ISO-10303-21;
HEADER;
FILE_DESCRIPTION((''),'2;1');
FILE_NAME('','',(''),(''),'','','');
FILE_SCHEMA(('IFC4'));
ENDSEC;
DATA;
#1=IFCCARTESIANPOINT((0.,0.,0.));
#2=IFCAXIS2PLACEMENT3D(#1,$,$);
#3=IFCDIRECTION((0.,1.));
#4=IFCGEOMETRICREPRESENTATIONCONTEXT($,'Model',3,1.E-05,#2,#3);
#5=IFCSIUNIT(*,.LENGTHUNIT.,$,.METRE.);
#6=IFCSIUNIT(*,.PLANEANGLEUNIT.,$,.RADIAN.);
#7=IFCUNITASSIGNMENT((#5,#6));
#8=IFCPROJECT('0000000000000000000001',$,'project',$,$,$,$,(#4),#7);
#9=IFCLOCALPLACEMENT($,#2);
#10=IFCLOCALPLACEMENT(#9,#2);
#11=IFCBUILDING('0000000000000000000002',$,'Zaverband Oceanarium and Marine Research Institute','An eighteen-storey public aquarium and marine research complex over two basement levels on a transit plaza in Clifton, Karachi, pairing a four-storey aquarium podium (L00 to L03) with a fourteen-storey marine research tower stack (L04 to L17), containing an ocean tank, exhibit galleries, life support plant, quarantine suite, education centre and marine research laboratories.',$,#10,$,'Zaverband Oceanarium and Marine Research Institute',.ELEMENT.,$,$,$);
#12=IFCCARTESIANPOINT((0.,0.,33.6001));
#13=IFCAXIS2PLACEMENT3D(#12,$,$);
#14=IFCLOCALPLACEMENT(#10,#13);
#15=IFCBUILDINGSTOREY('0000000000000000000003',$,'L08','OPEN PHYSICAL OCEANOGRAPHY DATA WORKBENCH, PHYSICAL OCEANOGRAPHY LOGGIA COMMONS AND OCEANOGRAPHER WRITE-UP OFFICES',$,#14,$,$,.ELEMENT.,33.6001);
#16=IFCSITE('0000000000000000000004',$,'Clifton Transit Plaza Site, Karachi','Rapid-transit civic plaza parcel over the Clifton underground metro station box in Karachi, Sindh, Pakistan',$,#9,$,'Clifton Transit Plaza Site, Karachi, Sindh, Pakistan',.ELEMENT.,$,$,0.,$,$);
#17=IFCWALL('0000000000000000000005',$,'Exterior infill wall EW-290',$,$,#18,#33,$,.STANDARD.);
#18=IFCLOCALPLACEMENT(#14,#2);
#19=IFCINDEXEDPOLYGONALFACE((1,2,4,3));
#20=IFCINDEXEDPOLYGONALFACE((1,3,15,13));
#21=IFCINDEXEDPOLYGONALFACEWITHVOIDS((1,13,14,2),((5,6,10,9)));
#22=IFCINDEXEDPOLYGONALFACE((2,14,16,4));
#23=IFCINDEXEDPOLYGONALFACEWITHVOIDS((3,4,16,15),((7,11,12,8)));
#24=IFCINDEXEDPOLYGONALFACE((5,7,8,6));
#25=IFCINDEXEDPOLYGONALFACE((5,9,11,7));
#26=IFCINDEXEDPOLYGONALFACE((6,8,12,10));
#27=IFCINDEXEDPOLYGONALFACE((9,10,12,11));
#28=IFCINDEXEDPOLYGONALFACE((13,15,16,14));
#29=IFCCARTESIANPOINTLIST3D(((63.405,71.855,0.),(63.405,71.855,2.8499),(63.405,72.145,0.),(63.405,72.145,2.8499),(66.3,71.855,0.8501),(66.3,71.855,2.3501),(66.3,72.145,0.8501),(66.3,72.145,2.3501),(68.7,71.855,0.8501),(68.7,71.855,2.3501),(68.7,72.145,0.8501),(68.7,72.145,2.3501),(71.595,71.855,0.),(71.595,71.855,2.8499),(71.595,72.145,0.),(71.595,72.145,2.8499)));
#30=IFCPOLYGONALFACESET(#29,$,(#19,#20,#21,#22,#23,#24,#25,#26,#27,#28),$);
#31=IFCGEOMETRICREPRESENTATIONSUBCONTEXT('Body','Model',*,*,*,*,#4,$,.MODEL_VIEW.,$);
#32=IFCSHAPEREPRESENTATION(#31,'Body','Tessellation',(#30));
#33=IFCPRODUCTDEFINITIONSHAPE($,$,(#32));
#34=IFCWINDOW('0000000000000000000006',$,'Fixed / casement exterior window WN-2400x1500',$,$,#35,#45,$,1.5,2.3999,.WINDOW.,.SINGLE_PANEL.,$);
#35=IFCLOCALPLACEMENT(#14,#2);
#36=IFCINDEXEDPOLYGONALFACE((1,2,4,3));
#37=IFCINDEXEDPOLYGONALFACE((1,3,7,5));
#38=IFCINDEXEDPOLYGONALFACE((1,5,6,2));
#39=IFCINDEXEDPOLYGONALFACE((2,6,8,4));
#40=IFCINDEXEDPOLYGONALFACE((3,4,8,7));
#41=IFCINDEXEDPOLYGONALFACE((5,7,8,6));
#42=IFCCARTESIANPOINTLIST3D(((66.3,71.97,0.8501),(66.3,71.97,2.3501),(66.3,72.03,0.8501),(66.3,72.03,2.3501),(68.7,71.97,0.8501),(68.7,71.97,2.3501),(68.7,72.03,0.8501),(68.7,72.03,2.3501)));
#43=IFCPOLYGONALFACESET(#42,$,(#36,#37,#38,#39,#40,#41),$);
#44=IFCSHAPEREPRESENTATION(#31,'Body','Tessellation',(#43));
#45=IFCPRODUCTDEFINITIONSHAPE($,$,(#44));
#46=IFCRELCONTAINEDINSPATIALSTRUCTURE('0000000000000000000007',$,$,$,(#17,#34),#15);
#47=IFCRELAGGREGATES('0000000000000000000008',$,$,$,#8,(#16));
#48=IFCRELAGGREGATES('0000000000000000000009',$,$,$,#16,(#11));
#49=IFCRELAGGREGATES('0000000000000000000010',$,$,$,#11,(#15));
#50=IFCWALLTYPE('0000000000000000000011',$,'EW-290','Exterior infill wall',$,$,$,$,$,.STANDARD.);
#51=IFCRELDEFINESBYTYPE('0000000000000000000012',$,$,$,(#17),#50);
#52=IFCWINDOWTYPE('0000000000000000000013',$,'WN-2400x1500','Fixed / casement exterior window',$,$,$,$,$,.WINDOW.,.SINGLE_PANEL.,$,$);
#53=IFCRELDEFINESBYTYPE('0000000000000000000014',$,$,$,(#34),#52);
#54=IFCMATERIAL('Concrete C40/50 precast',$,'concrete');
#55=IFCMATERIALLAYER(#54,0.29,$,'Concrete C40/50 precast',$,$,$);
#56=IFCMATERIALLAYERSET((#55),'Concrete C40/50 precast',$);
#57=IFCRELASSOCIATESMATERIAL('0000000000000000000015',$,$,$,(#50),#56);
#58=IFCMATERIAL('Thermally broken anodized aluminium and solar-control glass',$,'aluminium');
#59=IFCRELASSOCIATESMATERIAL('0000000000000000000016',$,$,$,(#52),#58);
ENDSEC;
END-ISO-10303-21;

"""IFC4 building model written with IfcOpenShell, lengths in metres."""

from ifc_helpers import new_model, si_unit, direction, frame, frame_2d, origin, place, context, subcontext, project, spatial, rectangle, extrude, material, layer, layer_set, type_object, element, fill, save


model = new_model("IFC4")

# Units and contexts
model_context = context("Model", 3, precision=1e-05, world=origin(), true_north=direction((0.0, 1.0)))
body_context = subcontext(model_context, "Body", "Model", "MODEL_VIEW")
ifc_project = project(units=[si_unit("LENGTHUNIT", "METRE"), si_unit("PLANEANGLEUNIT", "RADIAN")], contexts=[model_context])

# Site, building, storey
site_placement = place(None, origin())
site = spatial("IfcSite", under=ifc_project, at=site_placement, Name="Clifton Transit Plaza Site, Karachi", Description="Rapid-transit civic plaza parcel over the Clifton underground metro station box in Karachi, Sindh, Pakistan", LongName="Clifton Transit Plaza Site, Karachi, Sindh, Pakistan", CompositionType="ELEMENT", RefElevation=0.0)
building_placement = place(site_placement, origin())
building = spatial("IfcBuilding", under=site, at=building_placement, Name="Zaverband Oceanarium and Marine Research Institute", Description="An eighteen-storey public aquarium and marine research complex over two basement levels on a transit plaza in Clifton, Karachi, pairing a four-storey aquarium podium (L00 to L03) with a fourteen-storey marine research tower stack (L04 to L17), containing an ocean tank, exhibit galleries, life support plant, quarantine suite, education centre and marine research laboratories.", LongName="Zaverband Oceanarium and Marine Research Institute", CompositionType="ELEMENT")
storey_placement = place(building_placement, frame((0.0, 0.0, 33.6001)))
storey = spatial("IfcBuildingStorey", under=building, at=storey_placement, Name="L08", Description="OPEN PHYSICAL OCEANOGRAPHY DATA WORKBENCH, PHYSICAL OCEANOGRAPHY LOGGIA COMMONS AND OCEANOGRAPHER WRITE-UP OFFICES", CompositionType="ELEMENT", Elevation=33.6001)

# Shared definitions
ifc_material_1 = material(Name="Thermally broken anodized aluminium and solar-control glass", Category="aluminium")

# Wall, opening, window
ifc_material_2 = material(Name="Concrete C40/50 precast", Category="concrete")
ifc_layer_1 = layer(ifc_material_2, 0.29, Name="Concrete C40/50 precast")
ifc_layer_set_1 = layer_set([ifc_layer_1], Name="Concrete C40/50 precast")
wall_type_1 = type_object("IfcWallType", Name="EW-290", Description="Exterior infill wall", PredefinedType="STANDARD", material=ifc_layer_set_1)
wall_1_placement = place(storey_placement, frame((63.405, 72.0, 0.0), z_axis=(0.0, 0.0, 1.0), x_axis=(1.0, 0.0, 0.0)))
wall_1 = element("IfcWall", 1, at=wall_1_placement, inside=storey, type_object=wall_type_1, Name="Exterior infill wall EW-290", PredefinedType="STANDARD", context=body_context, shape_type="SweptSolid", body=[
    extrude(rectangle(XDim=8.1899, YDim=0.29, at=frame_2d((4.095, 0.0))), origin(), (0.0, 0.0, 1.0), 2.8499),
])
opening_1_placement = place(wall_1_placement, frame((2.895, 0.0, 0.8501)))
opening_1 = element("IfcOpeningElement", 2, at=opening_1_placement, cuts=wall_1, PredefinedType="OPENING", context=body_context, shape_type="SweptSolid", body=[
    extrude(rectangle(XDim=2.3999, YDim=1.5, at=frame_2d((1.2, 0.75))), frame((0.0, 0.157, 0.0), z_axis=(0.0, -1.0, 0.0), x_axis=(1.0, 0.0, 0.0)), (0.0, 0.0, 1.0), 0.314),
])
window_type_1 = type_object("IfcWindowType", Name="WN-2400x1500", Description="Fixed / casement exterior window", PartitioningType="SINGLE_PANEL", PredefinedType="WINDOW", material=ifc_material_1)
window_1_placement = place(opening_1_placement, origin())
window_1 = element("IfcWindow", 3, at=window_1_placement, inside=storey, type_object=window_type_1, Name="Fixed / casement exterior window WN-2400x1500", OverallHeight=1.5, OverallWidth=2.3999, PartitioningType="SINGLE_PANEL", PredefinedType="WINDOW", context=body_context, shape_type="SweptSolid", body=[
    extrude(rectangle(XDim=2.3999, YDim=1.5, at=frame_2d((1.2, 0.75))), frame((0.0, 0.03, 0.0), z_axis=(0.0, -1.0, 0.0), x_axis=(1.0, 0.0, 0.0)), (0.0, 0.0, 1.0), 0.0601),
])
fill(opening_1, window_1)

save(model, "model.ifc")
